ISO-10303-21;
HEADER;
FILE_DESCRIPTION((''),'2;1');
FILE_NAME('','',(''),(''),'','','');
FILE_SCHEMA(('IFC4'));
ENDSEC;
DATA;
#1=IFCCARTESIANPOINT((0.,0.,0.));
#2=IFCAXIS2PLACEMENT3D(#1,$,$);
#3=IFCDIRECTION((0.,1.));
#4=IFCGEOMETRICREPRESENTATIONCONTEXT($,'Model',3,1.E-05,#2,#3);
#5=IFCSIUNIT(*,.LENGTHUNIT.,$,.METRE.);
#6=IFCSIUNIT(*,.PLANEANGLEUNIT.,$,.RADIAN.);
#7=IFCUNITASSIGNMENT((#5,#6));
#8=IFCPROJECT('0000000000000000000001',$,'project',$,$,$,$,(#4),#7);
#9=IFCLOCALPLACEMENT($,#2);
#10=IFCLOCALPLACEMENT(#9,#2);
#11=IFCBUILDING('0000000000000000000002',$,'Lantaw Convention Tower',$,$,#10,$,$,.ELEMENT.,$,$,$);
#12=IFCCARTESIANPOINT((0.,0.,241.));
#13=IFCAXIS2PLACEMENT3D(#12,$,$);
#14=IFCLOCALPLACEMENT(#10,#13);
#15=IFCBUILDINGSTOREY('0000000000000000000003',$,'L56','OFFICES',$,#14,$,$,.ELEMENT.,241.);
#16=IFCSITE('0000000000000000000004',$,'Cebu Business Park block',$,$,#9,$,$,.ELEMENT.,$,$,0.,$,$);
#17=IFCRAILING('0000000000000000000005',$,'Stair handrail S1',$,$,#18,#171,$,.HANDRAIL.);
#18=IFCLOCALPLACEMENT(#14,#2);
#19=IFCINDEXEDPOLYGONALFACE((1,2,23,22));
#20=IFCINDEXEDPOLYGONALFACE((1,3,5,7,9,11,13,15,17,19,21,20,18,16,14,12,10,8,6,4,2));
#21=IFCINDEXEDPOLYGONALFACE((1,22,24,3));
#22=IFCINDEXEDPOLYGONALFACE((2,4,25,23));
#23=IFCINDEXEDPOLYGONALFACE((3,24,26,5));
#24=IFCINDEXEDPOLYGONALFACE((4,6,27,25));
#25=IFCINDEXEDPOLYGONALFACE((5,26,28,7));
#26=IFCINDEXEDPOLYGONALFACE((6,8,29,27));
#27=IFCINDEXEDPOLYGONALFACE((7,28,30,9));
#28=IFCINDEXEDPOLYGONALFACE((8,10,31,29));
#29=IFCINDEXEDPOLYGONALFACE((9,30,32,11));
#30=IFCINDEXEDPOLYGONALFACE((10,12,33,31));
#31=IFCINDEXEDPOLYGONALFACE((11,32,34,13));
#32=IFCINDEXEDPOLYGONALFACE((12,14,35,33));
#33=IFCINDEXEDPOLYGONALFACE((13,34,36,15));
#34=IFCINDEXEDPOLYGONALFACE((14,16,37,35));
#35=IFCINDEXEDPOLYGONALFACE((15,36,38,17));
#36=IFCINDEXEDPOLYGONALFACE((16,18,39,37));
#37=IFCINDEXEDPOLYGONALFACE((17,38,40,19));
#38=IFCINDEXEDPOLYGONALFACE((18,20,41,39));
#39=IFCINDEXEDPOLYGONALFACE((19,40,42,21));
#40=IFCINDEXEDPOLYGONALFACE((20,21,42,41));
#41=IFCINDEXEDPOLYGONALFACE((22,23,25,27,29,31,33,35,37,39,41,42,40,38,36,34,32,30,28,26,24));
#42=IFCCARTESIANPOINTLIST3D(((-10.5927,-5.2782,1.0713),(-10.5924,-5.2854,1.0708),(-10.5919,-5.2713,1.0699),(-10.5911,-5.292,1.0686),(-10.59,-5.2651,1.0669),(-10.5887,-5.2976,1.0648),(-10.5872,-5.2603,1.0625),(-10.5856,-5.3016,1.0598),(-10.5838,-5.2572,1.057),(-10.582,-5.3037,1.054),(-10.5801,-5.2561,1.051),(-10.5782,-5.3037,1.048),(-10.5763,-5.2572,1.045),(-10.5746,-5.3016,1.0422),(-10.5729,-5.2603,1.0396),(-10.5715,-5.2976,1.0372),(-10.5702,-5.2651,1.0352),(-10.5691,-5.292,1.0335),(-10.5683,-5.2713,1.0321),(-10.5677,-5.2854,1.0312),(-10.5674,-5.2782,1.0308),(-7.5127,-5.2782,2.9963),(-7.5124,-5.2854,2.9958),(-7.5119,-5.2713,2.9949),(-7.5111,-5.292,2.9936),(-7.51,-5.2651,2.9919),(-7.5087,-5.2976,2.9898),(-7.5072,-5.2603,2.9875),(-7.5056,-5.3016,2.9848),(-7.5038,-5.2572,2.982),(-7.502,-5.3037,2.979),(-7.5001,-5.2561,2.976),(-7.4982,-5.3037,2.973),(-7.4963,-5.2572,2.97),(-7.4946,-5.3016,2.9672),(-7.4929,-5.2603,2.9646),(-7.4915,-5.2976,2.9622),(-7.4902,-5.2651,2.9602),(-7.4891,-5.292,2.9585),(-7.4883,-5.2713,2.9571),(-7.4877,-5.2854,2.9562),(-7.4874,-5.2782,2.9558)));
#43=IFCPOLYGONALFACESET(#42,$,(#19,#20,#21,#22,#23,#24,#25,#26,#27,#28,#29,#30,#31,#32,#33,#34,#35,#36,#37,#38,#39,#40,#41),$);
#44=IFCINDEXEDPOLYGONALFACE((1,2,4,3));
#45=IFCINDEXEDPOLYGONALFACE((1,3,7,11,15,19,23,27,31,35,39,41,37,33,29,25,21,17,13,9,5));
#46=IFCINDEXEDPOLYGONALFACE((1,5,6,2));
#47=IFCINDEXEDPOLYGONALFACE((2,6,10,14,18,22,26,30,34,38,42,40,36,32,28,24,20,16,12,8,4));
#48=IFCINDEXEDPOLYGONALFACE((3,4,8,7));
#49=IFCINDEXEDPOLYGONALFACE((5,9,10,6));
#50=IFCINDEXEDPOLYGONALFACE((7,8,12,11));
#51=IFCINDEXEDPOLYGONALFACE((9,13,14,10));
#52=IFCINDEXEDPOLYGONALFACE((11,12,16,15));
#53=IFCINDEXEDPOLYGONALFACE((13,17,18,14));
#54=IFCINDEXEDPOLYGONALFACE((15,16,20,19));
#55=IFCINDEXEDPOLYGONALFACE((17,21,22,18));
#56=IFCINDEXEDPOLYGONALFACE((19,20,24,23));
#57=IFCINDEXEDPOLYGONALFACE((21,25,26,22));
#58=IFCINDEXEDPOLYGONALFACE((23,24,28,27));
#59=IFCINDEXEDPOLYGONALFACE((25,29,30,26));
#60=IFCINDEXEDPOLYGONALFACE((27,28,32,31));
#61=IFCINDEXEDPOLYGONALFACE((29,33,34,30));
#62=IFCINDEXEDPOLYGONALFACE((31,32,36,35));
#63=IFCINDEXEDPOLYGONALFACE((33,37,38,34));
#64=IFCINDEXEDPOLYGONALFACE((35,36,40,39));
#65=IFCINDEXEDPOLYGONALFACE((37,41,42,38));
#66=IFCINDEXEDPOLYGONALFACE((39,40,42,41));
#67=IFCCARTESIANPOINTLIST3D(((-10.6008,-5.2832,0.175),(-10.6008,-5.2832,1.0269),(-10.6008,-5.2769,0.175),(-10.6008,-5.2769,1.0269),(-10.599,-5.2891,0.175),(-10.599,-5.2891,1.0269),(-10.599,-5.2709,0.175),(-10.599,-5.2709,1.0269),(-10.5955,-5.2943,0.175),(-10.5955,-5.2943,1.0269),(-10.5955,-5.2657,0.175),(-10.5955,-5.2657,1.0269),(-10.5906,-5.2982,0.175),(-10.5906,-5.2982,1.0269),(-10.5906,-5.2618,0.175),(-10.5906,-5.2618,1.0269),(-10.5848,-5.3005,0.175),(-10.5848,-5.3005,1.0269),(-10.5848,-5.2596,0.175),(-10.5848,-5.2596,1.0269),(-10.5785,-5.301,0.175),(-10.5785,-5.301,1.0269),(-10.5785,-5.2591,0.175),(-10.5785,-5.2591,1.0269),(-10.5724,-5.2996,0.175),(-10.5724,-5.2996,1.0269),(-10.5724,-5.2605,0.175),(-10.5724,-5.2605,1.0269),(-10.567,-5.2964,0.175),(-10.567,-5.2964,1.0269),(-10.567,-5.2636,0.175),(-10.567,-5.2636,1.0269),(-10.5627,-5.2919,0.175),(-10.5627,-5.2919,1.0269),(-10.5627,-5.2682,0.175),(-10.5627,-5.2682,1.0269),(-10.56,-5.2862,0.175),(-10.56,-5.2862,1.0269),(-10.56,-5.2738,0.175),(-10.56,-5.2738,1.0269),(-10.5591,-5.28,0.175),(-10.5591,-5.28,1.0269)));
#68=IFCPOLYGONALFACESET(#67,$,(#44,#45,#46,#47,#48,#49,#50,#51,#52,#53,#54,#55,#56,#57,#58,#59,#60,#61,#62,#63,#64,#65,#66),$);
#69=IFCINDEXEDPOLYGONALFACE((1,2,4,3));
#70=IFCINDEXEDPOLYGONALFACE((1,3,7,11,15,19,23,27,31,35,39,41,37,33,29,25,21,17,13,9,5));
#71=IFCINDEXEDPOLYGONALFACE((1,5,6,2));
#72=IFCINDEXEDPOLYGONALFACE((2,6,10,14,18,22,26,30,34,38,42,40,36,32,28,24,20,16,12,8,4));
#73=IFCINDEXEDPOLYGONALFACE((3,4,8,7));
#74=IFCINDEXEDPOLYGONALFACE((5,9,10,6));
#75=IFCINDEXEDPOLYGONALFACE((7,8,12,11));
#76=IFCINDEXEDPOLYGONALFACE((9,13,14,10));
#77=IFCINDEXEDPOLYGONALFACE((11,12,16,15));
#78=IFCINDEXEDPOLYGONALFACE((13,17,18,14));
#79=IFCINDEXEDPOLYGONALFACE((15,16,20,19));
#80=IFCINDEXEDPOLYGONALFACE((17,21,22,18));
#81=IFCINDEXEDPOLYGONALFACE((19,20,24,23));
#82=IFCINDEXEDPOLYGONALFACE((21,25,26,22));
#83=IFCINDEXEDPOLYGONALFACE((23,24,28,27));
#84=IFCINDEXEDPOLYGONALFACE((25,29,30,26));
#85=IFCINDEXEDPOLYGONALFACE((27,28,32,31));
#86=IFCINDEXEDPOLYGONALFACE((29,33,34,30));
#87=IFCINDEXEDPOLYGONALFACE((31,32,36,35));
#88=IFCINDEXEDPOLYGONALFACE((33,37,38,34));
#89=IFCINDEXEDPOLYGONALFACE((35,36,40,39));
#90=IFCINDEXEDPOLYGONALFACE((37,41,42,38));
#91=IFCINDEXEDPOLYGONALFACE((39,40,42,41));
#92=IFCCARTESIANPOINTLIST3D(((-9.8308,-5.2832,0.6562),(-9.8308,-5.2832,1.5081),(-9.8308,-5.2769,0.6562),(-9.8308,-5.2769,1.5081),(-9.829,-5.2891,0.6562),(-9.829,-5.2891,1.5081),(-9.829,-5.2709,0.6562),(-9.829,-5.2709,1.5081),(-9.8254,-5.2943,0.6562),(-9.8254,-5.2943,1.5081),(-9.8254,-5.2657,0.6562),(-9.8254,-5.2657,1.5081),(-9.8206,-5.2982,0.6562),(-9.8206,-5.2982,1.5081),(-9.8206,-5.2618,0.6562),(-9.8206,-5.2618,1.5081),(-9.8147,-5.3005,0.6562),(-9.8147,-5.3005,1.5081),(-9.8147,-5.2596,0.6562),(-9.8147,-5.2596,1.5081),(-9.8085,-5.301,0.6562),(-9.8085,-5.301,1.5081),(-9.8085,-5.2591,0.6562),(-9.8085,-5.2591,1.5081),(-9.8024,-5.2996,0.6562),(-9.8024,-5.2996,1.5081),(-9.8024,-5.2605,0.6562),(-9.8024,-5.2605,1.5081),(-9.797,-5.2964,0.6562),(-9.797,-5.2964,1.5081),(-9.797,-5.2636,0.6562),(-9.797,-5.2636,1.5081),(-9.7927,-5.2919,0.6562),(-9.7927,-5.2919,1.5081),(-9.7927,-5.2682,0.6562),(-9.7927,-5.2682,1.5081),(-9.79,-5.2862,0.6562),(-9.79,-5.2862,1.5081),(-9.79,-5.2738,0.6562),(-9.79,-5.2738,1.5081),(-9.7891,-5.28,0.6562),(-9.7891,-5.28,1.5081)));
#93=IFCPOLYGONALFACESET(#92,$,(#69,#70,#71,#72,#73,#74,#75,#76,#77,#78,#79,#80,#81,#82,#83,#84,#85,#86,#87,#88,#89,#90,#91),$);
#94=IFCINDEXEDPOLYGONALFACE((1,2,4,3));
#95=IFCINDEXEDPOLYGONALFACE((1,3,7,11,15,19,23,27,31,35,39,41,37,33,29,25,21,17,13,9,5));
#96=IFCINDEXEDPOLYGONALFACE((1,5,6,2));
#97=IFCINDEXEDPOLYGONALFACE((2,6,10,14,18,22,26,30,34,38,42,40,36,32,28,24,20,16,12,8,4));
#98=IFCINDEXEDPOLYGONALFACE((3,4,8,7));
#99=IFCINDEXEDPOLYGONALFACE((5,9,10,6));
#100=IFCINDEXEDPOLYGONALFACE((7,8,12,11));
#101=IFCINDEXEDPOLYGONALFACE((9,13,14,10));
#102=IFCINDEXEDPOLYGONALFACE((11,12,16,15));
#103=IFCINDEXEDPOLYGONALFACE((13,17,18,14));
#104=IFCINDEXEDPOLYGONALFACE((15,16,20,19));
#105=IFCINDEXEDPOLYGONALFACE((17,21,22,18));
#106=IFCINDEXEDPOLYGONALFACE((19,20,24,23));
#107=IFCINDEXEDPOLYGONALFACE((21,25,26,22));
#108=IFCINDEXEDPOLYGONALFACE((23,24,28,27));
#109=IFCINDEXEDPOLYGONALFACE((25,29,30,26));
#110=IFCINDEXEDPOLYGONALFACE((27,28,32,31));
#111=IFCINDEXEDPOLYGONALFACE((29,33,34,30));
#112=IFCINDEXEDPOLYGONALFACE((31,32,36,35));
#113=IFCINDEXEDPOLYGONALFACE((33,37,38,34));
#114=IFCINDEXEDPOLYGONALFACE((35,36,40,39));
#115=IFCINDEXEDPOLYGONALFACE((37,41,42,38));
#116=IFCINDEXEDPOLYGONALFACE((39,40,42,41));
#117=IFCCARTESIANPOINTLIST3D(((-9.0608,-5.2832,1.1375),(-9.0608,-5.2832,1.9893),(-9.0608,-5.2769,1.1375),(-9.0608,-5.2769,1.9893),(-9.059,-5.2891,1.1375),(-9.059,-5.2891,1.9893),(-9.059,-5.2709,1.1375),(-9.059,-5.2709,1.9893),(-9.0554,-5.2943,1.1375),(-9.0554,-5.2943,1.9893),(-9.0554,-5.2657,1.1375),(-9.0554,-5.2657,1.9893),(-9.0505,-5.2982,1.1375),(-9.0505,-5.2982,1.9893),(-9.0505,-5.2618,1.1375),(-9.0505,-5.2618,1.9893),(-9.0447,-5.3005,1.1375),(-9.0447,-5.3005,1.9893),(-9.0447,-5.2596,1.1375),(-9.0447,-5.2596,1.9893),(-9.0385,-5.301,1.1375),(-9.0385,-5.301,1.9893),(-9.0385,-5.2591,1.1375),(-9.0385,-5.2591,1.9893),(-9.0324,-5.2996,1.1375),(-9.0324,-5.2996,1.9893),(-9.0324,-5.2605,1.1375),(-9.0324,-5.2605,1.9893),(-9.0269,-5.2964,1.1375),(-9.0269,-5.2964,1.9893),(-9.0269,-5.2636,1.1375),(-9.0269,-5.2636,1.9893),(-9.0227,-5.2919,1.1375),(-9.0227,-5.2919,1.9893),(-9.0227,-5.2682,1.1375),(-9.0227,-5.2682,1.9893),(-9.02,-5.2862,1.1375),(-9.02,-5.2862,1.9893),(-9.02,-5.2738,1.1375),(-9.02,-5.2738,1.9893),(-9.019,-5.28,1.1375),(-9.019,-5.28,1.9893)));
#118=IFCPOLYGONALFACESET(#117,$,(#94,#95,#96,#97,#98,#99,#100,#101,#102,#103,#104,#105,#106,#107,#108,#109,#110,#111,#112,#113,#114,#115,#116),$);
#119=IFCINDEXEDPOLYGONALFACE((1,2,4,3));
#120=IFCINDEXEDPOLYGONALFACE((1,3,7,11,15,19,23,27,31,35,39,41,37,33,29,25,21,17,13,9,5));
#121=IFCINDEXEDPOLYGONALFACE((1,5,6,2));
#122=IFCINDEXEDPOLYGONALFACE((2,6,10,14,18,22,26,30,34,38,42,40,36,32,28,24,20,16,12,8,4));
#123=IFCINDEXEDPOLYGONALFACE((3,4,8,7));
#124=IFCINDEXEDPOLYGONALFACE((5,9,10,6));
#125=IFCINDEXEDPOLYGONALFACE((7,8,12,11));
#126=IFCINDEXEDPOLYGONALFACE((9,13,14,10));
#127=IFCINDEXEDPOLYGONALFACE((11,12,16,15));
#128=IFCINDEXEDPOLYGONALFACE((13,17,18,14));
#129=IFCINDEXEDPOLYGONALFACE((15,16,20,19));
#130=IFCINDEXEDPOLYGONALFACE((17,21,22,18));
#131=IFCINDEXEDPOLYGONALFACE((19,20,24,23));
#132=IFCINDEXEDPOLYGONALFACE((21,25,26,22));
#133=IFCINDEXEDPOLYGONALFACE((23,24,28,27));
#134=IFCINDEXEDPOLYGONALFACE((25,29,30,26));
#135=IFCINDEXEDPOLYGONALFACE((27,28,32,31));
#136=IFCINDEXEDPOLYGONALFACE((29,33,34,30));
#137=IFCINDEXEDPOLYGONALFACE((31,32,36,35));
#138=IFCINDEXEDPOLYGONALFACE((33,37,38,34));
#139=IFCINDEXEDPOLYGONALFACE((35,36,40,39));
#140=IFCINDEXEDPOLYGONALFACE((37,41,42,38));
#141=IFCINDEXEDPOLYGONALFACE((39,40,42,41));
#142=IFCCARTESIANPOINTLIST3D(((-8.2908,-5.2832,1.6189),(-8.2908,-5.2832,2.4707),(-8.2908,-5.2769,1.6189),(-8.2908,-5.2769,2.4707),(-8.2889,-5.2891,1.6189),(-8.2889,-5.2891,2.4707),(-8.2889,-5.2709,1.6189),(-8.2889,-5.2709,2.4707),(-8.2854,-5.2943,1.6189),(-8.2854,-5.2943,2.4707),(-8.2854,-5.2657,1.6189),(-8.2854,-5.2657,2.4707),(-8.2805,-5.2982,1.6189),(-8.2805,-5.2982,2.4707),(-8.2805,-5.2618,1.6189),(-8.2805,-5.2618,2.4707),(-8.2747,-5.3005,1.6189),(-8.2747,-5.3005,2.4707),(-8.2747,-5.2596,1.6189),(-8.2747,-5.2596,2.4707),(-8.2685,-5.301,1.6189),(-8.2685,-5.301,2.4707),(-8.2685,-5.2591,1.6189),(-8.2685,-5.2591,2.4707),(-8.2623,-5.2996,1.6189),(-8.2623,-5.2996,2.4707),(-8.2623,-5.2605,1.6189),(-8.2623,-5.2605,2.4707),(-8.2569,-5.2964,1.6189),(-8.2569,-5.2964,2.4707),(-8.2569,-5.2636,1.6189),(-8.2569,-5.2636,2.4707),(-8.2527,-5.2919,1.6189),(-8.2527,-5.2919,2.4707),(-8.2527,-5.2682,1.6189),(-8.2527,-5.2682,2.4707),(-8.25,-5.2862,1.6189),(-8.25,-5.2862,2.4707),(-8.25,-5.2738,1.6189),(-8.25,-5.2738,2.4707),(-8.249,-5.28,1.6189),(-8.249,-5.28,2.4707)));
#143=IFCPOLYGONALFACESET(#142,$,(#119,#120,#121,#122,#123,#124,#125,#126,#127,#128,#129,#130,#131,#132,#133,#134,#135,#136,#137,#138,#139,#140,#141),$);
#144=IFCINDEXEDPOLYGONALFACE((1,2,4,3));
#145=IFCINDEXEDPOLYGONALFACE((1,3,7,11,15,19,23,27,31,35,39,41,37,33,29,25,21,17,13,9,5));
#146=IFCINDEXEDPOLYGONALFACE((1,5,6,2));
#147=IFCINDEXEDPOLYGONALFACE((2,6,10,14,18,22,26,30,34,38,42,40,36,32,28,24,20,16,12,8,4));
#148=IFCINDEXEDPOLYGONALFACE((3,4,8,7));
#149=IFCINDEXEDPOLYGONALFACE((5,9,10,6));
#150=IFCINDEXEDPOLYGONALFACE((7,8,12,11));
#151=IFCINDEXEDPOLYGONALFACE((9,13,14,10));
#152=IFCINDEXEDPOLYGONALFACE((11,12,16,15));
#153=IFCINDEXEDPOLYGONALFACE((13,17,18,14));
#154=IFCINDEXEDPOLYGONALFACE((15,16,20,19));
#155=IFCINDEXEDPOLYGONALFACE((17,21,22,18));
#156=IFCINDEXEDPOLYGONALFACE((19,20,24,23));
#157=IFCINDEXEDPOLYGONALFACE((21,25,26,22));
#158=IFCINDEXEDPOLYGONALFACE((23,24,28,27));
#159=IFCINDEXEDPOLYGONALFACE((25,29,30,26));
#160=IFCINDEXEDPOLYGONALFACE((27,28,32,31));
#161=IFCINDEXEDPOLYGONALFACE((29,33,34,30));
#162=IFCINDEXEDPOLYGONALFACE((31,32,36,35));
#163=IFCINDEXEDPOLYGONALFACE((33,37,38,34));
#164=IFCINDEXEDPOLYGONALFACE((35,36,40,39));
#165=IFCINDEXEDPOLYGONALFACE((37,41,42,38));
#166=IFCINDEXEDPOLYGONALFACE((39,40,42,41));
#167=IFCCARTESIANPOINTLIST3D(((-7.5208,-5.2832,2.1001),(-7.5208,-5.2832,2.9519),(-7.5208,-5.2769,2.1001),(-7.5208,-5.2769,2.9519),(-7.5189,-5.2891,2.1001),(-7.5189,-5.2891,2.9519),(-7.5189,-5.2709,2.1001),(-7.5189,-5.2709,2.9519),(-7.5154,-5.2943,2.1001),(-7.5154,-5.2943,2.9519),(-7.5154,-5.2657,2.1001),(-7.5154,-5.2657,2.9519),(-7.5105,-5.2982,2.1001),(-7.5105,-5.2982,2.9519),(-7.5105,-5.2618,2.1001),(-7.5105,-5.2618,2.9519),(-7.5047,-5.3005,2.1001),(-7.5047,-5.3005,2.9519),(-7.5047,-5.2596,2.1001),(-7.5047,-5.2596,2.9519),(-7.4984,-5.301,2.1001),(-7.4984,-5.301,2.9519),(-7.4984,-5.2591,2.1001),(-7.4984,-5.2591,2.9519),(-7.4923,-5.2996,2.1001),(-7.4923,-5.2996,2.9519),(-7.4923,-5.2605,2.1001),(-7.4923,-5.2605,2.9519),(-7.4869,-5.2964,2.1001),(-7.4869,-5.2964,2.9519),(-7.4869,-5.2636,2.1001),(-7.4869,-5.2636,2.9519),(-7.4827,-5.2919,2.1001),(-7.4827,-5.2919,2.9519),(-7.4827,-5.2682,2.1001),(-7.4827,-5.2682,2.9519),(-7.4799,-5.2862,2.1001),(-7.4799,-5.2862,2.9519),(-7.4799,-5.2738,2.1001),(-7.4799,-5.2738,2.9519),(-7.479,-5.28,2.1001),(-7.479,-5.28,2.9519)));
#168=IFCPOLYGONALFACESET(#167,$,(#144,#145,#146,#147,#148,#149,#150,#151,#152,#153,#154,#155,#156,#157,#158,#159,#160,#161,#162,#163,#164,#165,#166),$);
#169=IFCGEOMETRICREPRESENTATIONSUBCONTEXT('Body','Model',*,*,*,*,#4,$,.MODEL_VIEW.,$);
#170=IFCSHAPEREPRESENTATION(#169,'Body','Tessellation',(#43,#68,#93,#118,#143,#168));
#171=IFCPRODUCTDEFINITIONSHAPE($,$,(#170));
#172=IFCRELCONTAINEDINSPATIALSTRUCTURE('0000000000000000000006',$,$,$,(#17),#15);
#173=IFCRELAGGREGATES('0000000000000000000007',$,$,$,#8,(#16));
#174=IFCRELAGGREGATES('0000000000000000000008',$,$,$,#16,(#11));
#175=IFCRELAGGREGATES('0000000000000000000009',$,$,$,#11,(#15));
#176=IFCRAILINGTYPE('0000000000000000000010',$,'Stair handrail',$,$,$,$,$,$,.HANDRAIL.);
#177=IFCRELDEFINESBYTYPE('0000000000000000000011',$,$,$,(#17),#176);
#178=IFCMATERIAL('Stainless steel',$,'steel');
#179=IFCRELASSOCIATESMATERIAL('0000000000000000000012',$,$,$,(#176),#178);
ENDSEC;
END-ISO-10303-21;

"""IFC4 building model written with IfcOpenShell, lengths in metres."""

from ifc_helpers import new_model, si_unit, direction, frame, origin, origin_2d, place, context, subcontext, project, spatial, circle, extrude, material, type_object, element, save


model = new_model("IFC4")

# Units and contexts
model_context = context("Model", 3, precision=1e-05, world=origin(), true_north=direction((0.0, 1.0)))
body_context = subcontext(model_context, "Body", "Model", "MODEL_VIEW")
ifc_project = project(units=[si_unit("LENGTHUNIT", "METRE"), si_unit("PLANEANGLEUNIT", "RADIAN")], contexts=[model_context])

# Site, building, storey
site_placement = place(None, origin())
site = spatial("IfcSite", under=ifc_project, at=site_placement, Name="Cebu Business Park block", CompositionType="ELEMENT", RefElevation=0.0)
building_placement = place(site_placement, origin())
building = spatial("IfcBuilding", under=site, at=building_placement, Name="Lantaw Convention Tower", CompositionType="ELEMENT")
storey_placement = place(building_placement, frame((0.0, 0.0, 241.0)))
storey = spatial("IfcBuildingStorey", under=building, at=storey_placement, Name="L56", Description="OFFICES", CompositionType="ELEMENT", Elevation=241.0)

# Shared definitions
ifc_material_1 = material(Name="Stainless steel", Category="steel")

# Railing
railing_type = type_object("IfcRailingType", Name="Stair handrail", PredefinedType="HANDRAIL", material=ifc_material_1)
railing_1_placement = place(storey_placement, frame((-10.5801, -5.28, 0.175)))
element("IfcRailing", 1, at=railing_1_placement, inside=storey, type_object=railing_type, Name="Stair handrail S1", PredefinedType="HANDRAIL", context=body_context, shape_type="SweptSolid", body=[
    extrude(circle(Radius=0.0239, at=origin_2d()), frame((0.0, 0.0, 0.876), z_axis=(0.847998, 0.0, 0.529999), x_axis=(0.0, 1.0, 0.0)), (0.0, 0.0, 1.0), 3.6321),
    extrude(circle(Radius=0.021, at=origin_2d()), origin(), (0.0, 0.0, 1.0), 0.8518),
    extrude(circle(Radius=0.021, at=origin_2d()), frame((0.77, 0.0, 0.4812)), (0.0, 0.0, 1.0), 0.8518),
    extrude(circle(Radius=0.021, at=origin_2d()), frame((1.54, 0.0, 0.9624)), (0.0, 0.0, 1.0), 0.8518),
    extrude(circle(Radius=0.021, at=origin_2d()), frame((2.3101, 0.0, 1.4438)), (0.0, 0.0, 1.0), 0.8518),
    extrude(circle(Radius=0.021, at=origin_2d()), frame((3.0801, 0.0, 1.925)), (0.0, 0.0, 1.0), 0.8518),
])

save(model, "model.ifc")
